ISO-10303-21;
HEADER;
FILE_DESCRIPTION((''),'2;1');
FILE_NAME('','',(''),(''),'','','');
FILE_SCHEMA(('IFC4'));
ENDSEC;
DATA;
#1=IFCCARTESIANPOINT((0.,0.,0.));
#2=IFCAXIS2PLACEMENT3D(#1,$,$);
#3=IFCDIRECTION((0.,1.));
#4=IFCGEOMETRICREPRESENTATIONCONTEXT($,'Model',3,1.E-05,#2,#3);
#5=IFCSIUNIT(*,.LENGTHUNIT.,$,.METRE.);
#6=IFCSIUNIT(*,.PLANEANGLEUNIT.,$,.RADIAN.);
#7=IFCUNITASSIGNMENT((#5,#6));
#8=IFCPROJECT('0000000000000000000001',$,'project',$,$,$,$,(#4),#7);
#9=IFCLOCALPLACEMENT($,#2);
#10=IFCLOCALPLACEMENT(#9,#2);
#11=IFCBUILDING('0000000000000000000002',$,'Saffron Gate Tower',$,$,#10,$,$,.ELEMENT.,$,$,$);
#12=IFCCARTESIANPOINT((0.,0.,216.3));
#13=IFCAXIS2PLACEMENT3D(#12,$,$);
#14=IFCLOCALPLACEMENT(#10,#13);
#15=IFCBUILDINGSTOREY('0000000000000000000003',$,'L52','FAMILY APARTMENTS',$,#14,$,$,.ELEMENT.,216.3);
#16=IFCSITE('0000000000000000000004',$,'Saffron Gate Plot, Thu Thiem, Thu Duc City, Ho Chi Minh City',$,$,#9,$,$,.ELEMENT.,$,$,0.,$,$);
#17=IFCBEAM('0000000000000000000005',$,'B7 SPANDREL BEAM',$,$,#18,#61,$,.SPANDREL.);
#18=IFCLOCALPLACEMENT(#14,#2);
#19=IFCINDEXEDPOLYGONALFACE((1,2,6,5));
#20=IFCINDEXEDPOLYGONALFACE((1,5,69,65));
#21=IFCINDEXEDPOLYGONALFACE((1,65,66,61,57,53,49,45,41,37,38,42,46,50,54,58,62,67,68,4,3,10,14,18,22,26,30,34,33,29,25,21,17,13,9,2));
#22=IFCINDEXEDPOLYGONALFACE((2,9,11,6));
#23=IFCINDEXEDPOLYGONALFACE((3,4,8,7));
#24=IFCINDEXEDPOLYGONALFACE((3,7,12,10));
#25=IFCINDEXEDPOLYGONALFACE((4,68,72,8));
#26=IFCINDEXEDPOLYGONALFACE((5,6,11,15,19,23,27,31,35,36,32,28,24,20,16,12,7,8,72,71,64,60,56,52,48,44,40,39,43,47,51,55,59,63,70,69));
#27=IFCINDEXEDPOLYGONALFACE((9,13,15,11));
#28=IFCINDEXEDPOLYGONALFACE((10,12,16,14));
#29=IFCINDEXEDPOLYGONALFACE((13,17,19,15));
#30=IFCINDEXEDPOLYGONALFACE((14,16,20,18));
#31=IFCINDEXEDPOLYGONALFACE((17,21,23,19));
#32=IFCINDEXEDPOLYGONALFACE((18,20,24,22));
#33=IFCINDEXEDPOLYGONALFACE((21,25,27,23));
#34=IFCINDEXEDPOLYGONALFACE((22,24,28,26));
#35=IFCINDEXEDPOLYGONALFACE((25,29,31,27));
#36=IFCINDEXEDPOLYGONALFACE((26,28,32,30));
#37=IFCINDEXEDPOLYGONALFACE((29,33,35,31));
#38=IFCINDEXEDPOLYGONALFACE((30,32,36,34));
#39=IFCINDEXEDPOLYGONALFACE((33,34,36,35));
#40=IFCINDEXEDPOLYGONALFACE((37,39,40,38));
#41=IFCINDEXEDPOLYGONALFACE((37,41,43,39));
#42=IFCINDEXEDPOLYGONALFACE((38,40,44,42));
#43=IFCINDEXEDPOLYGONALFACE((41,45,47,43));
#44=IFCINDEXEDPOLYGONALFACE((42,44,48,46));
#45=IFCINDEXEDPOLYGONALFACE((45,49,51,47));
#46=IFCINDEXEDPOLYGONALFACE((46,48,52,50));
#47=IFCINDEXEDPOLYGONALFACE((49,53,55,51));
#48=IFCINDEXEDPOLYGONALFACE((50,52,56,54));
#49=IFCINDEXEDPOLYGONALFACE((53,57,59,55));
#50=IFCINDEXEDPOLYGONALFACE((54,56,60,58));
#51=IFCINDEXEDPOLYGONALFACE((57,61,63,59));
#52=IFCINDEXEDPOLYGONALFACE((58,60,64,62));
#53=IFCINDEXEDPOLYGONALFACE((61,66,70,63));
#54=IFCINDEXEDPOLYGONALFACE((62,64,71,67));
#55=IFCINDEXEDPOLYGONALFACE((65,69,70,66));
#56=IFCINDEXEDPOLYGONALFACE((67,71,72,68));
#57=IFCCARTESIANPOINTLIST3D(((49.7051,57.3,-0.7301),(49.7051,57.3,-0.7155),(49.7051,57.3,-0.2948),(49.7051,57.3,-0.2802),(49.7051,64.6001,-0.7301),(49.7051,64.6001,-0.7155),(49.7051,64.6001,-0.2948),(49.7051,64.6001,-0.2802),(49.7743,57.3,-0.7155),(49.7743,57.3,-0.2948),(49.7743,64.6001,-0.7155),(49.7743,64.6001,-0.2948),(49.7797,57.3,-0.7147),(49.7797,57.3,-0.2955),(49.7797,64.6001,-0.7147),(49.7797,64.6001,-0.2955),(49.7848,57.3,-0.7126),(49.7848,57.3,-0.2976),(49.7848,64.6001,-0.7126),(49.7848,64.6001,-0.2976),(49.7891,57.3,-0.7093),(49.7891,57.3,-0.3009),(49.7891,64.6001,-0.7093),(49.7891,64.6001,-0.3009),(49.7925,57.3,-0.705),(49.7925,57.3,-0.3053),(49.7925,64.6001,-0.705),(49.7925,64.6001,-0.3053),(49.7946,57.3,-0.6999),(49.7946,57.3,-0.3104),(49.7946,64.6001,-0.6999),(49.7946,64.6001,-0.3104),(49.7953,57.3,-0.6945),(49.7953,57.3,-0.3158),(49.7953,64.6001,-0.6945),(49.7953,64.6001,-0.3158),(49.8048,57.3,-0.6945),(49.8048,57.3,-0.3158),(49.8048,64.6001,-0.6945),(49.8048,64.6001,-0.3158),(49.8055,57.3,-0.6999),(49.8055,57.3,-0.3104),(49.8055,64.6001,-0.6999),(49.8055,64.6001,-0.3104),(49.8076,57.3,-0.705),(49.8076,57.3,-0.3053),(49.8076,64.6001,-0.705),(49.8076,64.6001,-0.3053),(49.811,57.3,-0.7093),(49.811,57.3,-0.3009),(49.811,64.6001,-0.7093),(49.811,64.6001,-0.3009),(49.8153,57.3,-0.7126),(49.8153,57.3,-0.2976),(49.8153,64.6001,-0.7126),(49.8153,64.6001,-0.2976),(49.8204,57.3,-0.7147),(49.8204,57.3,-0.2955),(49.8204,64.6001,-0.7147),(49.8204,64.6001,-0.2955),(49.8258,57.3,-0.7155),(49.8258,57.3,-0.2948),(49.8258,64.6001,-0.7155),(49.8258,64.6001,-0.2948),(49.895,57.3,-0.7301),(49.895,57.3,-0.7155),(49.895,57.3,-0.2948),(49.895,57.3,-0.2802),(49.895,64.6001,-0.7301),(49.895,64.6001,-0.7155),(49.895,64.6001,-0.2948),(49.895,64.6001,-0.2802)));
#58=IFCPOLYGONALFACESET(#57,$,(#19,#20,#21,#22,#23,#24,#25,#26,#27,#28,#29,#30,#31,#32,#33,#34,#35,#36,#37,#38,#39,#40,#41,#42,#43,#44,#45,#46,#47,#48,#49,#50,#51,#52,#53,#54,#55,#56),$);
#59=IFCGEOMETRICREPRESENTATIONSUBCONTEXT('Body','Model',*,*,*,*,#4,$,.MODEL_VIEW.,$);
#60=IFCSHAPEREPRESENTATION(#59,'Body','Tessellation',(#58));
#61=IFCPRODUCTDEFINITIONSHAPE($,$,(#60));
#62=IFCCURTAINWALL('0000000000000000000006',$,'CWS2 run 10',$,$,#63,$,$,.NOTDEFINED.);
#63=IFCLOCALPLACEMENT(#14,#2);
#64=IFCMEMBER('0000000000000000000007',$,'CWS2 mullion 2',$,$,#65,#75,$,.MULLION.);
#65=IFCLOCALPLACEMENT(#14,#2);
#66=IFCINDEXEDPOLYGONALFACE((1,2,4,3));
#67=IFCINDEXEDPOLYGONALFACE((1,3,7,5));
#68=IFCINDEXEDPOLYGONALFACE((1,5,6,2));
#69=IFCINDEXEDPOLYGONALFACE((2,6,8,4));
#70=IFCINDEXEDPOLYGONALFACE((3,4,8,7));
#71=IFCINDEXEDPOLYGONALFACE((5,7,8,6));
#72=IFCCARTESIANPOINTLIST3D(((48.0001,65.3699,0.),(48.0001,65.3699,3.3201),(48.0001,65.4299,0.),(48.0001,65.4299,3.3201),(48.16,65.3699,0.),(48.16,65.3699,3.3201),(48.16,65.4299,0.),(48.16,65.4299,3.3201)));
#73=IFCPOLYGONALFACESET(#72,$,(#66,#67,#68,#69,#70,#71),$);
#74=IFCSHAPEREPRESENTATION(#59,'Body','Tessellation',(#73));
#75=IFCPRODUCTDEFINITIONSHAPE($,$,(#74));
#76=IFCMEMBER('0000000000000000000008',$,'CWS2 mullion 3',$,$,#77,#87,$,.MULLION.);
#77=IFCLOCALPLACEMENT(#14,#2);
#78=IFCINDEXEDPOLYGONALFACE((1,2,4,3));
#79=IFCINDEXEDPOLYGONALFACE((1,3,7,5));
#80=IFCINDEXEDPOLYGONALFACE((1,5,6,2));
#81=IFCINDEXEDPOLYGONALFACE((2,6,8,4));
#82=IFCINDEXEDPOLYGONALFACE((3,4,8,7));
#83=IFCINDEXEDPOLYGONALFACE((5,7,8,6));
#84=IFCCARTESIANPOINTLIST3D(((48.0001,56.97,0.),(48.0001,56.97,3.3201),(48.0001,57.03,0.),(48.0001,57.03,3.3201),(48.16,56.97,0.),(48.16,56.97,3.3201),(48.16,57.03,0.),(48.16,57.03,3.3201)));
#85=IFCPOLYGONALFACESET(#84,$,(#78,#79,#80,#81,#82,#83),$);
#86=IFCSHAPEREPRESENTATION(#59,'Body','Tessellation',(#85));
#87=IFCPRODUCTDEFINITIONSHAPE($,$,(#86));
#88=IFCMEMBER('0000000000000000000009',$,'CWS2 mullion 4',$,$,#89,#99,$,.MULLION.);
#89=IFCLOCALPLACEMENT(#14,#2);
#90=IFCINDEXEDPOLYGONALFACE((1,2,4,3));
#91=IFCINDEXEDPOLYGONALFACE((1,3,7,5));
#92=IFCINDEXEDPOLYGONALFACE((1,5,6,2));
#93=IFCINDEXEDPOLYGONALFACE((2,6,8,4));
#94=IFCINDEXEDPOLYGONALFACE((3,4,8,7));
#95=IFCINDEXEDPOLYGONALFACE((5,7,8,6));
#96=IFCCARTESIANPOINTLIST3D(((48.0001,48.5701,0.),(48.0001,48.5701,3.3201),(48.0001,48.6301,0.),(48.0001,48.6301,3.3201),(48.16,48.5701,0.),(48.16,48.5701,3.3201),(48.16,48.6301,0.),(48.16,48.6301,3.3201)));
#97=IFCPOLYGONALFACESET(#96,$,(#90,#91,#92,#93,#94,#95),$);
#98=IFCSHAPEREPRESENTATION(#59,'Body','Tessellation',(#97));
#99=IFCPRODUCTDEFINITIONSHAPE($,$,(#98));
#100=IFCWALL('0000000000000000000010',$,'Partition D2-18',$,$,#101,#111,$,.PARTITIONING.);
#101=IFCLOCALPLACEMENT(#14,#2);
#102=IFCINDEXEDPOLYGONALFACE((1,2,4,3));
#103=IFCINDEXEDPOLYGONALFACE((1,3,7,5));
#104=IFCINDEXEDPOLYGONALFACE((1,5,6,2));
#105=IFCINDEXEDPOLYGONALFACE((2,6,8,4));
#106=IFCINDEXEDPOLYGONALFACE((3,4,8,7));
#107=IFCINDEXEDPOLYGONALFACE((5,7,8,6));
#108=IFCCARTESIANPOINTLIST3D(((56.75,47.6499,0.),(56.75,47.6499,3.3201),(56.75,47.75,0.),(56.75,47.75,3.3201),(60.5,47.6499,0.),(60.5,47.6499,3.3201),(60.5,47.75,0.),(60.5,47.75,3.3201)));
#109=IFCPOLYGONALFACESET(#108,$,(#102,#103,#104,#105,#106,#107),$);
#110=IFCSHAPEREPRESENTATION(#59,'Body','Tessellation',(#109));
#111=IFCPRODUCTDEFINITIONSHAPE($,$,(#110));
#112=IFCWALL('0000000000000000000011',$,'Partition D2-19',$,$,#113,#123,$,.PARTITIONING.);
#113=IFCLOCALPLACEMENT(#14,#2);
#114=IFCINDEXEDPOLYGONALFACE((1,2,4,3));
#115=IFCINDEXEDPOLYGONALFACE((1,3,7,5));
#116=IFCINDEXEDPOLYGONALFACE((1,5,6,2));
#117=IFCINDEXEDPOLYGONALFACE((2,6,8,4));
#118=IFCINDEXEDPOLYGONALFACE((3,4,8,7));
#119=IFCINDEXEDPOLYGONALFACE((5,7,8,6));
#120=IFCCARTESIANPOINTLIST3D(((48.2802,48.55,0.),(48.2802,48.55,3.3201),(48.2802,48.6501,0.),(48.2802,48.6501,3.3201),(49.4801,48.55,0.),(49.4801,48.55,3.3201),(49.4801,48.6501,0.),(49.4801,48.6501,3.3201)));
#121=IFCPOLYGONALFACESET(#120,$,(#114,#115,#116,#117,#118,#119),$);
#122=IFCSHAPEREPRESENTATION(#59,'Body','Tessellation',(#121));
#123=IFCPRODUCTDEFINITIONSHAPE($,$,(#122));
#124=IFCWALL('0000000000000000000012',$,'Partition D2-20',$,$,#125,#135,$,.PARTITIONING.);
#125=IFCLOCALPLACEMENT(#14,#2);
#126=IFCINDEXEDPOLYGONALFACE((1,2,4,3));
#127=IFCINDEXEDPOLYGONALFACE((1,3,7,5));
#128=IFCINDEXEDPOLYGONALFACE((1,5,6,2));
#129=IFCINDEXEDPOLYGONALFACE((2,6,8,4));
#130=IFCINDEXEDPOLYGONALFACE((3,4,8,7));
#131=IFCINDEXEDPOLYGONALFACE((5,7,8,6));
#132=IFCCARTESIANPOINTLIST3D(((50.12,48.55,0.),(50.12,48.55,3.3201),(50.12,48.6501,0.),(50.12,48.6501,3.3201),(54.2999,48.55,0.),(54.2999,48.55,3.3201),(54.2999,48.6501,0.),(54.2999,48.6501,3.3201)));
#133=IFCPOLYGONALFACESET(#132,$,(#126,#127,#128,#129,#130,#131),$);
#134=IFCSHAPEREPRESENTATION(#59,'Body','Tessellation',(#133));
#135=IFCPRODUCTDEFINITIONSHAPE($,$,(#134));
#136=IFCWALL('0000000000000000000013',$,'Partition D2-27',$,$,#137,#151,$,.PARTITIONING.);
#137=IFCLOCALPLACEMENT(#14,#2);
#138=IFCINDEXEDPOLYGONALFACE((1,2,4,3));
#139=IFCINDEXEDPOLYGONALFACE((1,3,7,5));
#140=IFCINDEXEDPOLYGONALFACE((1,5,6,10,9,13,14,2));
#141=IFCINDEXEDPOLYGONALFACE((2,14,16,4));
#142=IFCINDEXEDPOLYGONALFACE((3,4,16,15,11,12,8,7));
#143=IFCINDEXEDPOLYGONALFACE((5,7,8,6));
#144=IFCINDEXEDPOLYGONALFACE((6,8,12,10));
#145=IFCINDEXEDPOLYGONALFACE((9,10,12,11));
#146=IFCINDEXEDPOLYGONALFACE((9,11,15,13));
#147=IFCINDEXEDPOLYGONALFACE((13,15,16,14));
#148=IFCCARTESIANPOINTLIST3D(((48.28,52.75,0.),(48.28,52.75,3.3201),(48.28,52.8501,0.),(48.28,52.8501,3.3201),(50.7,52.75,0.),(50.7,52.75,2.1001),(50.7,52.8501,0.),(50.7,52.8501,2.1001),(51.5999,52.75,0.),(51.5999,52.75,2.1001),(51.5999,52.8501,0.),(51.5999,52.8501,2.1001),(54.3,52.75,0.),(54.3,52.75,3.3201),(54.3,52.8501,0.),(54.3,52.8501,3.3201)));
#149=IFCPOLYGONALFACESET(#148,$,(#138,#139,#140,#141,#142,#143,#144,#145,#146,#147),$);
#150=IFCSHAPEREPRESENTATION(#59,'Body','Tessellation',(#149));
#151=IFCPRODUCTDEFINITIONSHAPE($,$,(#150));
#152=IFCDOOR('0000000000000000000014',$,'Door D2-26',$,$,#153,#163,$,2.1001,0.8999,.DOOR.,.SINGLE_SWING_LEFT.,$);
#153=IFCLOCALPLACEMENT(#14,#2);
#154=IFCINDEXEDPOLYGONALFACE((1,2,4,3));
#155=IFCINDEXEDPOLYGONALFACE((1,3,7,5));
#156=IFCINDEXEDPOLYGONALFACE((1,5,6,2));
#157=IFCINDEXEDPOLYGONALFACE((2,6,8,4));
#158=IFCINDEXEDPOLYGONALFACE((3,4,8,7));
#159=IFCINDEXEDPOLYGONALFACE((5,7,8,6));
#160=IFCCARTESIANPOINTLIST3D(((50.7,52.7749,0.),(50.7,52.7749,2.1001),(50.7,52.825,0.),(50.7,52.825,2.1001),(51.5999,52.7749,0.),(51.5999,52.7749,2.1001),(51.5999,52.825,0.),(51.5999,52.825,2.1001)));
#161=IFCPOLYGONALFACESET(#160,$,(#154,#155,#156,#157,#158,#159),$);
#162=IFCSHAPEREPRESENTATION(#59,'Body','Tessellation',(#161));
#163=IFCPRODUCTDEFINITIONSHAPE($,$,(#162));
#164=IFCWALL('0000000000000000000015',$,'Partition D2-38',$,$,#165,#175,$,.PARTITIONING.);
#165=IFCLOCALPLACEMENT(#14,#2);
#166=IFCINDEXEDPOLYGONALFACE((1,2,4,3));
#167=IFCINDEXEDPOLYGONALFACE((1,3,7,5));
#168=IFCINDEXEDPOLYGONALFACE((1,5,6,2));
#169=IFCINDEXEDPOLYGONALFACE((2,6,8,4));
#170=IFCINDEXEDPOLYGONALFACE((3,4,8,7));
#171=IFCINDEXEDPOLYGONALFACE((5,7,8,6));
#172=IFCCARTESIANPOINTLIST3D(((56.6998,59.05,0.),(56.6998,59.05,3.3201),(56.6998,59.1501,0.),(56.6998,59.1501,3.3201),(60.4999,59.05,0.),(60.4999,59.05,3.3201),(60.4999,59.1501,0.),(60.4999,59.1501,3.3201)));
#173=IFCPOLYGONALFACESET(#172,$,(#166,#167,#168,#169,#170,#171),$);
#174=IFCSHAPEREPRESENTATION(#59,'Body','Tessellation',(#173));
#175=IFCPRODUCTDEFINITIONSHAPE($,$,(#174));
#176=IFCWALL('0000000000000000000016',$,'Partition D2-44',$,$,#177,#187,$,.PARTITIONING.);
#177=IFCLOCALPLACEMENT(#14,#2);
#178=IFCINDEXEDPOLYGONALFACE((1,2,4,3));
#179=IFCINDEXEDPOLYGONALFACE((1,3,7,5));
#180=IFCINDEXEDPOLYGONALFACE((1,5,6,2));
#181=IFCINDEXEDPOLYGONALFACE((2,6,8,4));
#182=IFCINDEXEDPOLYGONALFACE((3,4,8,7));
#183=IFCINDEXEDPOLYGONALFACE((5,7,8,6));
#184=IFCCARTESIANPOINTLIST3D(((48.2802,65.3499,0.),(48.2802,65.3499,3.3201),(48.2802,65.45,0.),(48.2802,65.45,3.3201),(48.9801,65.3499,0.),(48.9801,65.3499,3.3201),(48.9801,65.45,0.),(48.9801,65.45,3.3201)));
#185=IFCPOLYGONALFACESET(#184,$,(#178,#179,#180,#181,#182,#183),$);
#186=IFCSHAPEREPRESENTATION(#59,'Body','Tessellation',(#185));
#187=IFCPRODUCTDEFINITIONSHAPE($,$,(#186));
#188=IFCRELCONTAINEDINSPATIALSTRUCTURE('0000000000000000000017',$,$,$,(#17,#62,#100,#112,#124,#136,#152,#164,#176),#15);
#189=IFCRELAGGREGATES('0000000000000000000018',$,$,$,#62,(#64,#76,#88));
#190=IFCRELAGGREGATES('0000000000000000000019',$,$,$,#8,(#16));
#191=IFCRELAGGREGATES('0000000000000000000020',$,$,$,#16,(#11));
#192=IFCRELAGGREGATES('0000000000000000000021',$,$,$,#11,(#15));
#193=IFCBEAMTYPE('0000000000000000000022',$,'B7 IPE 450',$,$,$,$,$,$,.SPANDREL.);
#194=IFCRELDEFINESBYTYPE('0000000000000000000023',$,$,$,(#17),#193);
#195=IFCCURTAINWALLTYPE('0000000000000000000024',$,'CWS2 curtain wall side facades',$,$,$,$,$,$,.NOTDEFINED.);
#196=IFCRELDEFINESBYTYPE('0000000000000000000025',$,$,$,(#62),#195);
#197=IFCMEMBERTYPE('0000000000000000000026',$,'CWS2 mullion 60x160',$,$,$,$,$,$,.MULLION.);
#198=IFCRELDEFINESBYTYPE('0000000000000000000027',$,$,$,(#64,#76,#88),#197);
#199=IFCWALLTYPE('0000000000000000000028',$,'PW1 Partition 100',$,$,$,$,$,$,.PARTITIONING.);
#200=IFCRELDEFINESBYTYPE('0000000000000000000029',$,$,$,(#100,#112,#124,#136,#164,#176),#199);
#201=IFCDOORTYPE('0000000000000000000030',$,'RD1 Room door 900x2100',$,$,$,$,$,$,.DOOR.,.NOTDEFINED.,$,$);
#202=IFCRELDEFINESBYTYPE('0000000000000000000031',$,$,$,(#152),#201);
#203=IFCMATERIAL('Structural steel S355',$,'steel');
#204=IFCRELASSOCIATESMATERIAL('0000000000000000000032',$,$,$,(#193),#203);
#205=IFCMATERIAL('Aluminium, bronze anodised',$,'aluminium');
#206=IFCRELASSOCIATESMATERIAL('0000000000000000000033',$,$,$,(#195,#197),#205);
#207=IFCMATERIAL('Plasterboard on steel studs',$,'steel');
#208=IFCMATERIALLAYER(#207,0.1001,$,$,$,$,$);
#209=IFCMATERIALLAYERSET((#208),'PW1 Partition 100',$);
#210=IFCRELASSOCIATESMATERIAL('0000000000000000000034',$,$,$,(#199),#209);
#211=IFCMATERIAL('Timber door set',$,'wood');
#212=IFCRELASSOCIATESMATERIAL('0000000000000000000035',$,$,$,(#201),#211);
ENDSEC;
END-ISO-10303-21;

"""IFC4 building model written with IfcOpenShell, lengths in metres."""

from ifc_helpers import new_model, si_unit, direction, frame, frame_2d, origin, origin_2d, place, context, subcontext, project, spatial, rectangle, i_section, extrude, material, layer, layer_set, material_profile, profile_set, type_object, element, fill, aggregate, save


model = new_model("IFC4")

# Units and contexts
model_context = context("Model", 3, precision=1e-05, world=origin(), true_north=direction((0.0, 1.0)))
body_context = subcontext(model_context, "Body", "Model", "MODEL_VIEW")
ifc_project = project(units=[si_unit("LENGTHUNIT", "METRE"), si_unit("PLANEANGLEUNIT", "RADIAN")], contexts=[model_context])

# Site, building, storey
site_placement = place(None, origin())
site = spatial("IfcSite", under=ifc_project, at=site_placement, Name="Saffron Gate Plot, Thu Thiem, Thu Duc City, Ho Chi Minh City", CompositionType="ELEMENT", RefElevation=0.0)
building_placement = place(site_placement, origin())
building = spatial("IfcBuilding", under=site, at=building_placement, Name="Saffron Gate Tower", CompositionType="ELEMENT")
storey_placement = place(building_placement, frame((0.0, 0.0, 216.3)))
storey = spatial("IfcBuildingStorey", under=building, at=storey_placement, Name="L52", Description="FAMILY APARTMENTS", CompositionType="ELEMENT", Elevation=216.3)

# Beam
ifc_material_1 = material(Name="Structural steel S355", Category="steel")
ifc_material_profile_1 = material_profile(ifc_material_1, i_section(OverallWidth=0.1899, OverallDepth=0.45, WebThickness=0.0095, FlangeThickness=0.0146, FilletRadius=0.021, at=origin_2d()))
ifc_profile_set_1 = profile_set([ifc_material_profile_1], Name="Structural steel S355")
beam_type_1 = type_object("IfcBeamType", Name="B7 IPE 450", PredefinedType="SPANDREL", material=ifc_profile_set_1)
beam_1_placement = place(storey_placement, frame((49.8, 57.3, -0.5051), z_axis=(0.0, 1.0, 0.0), x_axis=(-1.0, 0.0, 0.0)))
element("IfcBeam", 1, at=beam_1_placement, inside=storey, type_object=beam_type_1, Name="B7 SPANDREL BEAM", PredefinedType="SPANDREL", context=body_context, shape_type="SweptSolid", body=[
    extrude(i_section(OverallWidth=0.1899, OverallDepth=0.45, WebThickness=0.0095, FlangeThickness=0.0146, FilletRadius=0.021, at=origin_2d()), origin(), (0.0, 0.0, 1.0), 7.3),
])

# Curtain wall, members
ifc_material_2 = material(Name="Aluminium, bronze anodised", Category="aluminium")
curtain_wall_type = type_object("IfcCurtainWallType", Name="CWS2 curtain wall side facades", PredefinedType="NOTDEFINED", material=ifc_material_2)
curtain_wall_placement = place(storey_placement, origin())
curtain_wall = element("IfcCurtainWall", 2, at=curtain_wall_placement, inside=storey, type_object=curtain_wall_type, Name="CWS2 run 10", PredefinedType="NOTDEFINED")
ifc_material_profile_2 = material_profile(ifc_material_2, rectangle(XDim=0.1599, YDim=0.0601, at=origin_2d()))
ifc_profile_set_2 = profile_set([ifc_material_profile_2], Name="Aluminium, bronze anodised")
member_type = type_object("IfcMemberType", Name="CWS2 mullion 60x160", PredefinedType="MULLION", material=ifc_profile_set_2)
member_1_placement = place(storey_placement, frame((48.0801, 65.3999, 0.0), z_axis=(0.0, 0.0, 1.0), x_axis=(1.0, 0.0, 0.0)))
member_1 = element("IfcMember", 3, at=member_1_placement, type_object=member_type, Name="CWS2 mullion 2", PredefinedType="MULLION", context=body_context, shape_type="SweptSolid", body=[
    extrude(rectangle(XDim=0.1599, YDim=0.0601, at=origin_2d()), origin(), (0.0, 0.0, 1.0), 3.3201),
])
member_2_placement = place(storey_placement, frame((48.0801, 57.0, 0.0), z_axis=(0.0, 0.0, 1.0), x_axis=(1.0, 0.0, 0.0)))
member_2 = element("IfcMember", 4, at=member_2_placement, type_object=member_type, Name="CWS2 mullion 3", PredefinedType="MULLION", context=body_context, shape_type="SweptSolid", body=[
    extrude(rectangle(XDim=0.1599, YDim=0.0601, at=origin_2d()), origin(), (0.0, 0.0, 1.0), 3.3201),
])
member_3_placement = place(storey_placement, frame((48.0801, 48.6001, 0.0), z_axis=(0.0, 0.0, 1.0), x_axis=(1.0, 0.0, 0.0)))
member_3 = element("IfcMember", 5, at=member_3_placement, type_object=member_type, Name="CWS2 mullion 4", PredefinedType="MULLION", context=body_context, shape_type="SweptSolid", body=[
    extrude(rectangle(XDim=0.1599, YDim=0.0601, at=origin_2d()), origin(), (0.0, 0.0, 1.0), 3.3201),
])
aggregate(curtain_wall, [member_1, member_2, member_3])

# Walls
ifc_material_3 = material(Name="Plasterboard on steel studs", Category="steel")
ifc_layer_1 = layer(ifc_material_3, 0.1001)
ifc_layer_set_1 = layer_set([ifc_layer_1], Name="PW1 Partition 100")
wall_type_1 = type_object("IfcWallType", Name="PW1 Partition 100", PredefinedType="PARTITIONING", material=ifc_layer_set_1)
wall_1_placement = place(storey_placement, frame((56.75, 47.7, 0.0), z_axis=(0.0, 0.0, 1.0), x_axis=(1.0, 0.0, 0.0)))
element("IfcWall", 6, at=wall_1_placement, inside=storey, type_object=wall_type_1, Name="Partition D2-18", PredefinedType="PARTITIONING", context=body_context, shape_type="SweptSolid", body=[
    extrude(rectangle(XDim=3.75, YDim=0.1001, at=frame_2d((1.875, 0.0))), origin(), (0.0, 0.0, 1.0), 3.3201),
])
wall_2_placement = place(storey_placement, frame((48.28, 48.6001, 0.0), z_axis=(0.0, 0.0, 1.0), x_axis=(1.0, 0.0, 0.0)))
element("IfcWall", 7, at=wall_2_placement, inside=storey, type_object=wall_type_1, Name="Partition D2-19", PredefinedType="PARTITIONING", context=body_context, shape_type="SweptSolid", body=[
    extrude(rectangle(XDim=1.2, YDim=0.1001, at=frame_2d((0.6001, 0.0))), origin(), (0.0, 0.0, 1.0), 3.3201),
])
wall_3_placement = place(storey_placement, frame((50.1201, 48.6001, 0.0), z_axis=(0.0, 0.0, 1.0), x_axis=(1.0, 0.0, 0.0)))
element("IfcWall", 8, at=wall_3_placement, inside=storey, type_object=wall_type_1, Name="Partition D2-20", PredefinedType="PARTITIONING", context=body_context, shape_type="SweptSolid", body=[
    extrude(rectangle(XDim=4.1799, YDim=0.1001, at=frame_2d((2.0898, 0.0))), origin(), (0.0, 0.0, 1.0), 3.3201),
])

# Wall, opening, door
wall_4_placement = place(storey_placement, frame((48.28, 52.8, 0.0), z_axis=(0.0, 0.0, 1.0), x_axis=(1.0, 0.0, 0.0)))
wall_4 = element("IfcWall", 9, at=wall_4_placement, inside=storey, type_object=wall_type_1, Name="Partition D2-27", PredefinedType="PARTITIONING", context=body_context, shape_type="SweptSolid", body=[
    extrude(rectangle(XDim=6.02, YDim=0.1001, at=frame_2d((3.01, 0.0))), origin(), (0.0, 0.0, 1.0), 3.3201),
])
opening_1_placement = place(wall_4_placement, frame((2.4199, 0.0, 0.0)))
opening_1 = element("IfcOpeningElement", 10, at=opening_1_placement, cuts=wall_4, PredefinedType="OPENING", context=body_context, shape_type="SweptSolid", body=[
    extrude(rectangle(XDim=0.8999, YDim=2.1001, at=frame_2d((0.45, 1.05))), frame((0.0, 0.0601, 0.0), z_axis=(0.0, -1.0, 0.0), x_axis=(1.0, 0.0, 0.0)), (0.0, 0.0, 1.0), 0.1201),
])
ifc_material_4 = material(Name="Timber door set", Category="wood")
door_type_1 = type_object("IfcDoorType", Name="RD1 Room door 900x2100", OperationType="NOTDEFINED", PredefinedType="DOOR", material=ifc_material_4)
door_1_placement = place(opening_1_placement, origin())
door_1 = element("IfcDoor", 11, at=door_1_placement, inside=storey, type_object=door_type_1, Name="Door D2-26", OperationType="SINGLE_SWING_LEFT", OverallHeight=2.1001, OverallWidth=0.8999, PredefinedType="DOOR", context=body_context, shape_type="SweptSolid", body=[
    extrude(rectangle(XDim=0.8999, YDim=2.1001, at=frame_2d((0.45, 1.05))), frame((0.0, 0.0249, 0.0), z_axis=(0.0, -1.0, 0.0), x_axis=(1.0, 0.0, 0.0)), (0.0, 0.0, 1.0), 0.05),
])
fill(opening_1, door_1)

# Walls
wall_5_placement = place(storey_placement, frame((56.7, 59.1001, 0.0), z_axis=(0.0, 0.0, 1.0), x_axis=(1.0, 0.0, 0.0)))
element("IfcWall", 12, at=wall_5_placement, inside=storey, type_object=wall_type_1, Name="Partition D2-38", PredefinedType="PARTITIONING", context=body_context, shape_type="SweptSolid", body=[
    extrude(rectangle(XDim=3.8, YDim=0.1001, at=frame_2d((1.8999, 0.0))), origin(), (0.0, 0.0, 1.0), 3.3201),
])
wall_6_placement = place(storey_placement, frame((48.28, 65.3999, 0.0), z_axis=(0.0, 0.0, 1.0), x_axis=(1.0, 0.0, 0.0)))
element("IfcWall", 13, at=wall_6_placement, inside=storey, type_object=wall_type_1, Name="Partition D2-44", PredefinedType="PARTITIONING", context=body_context, shape_type="SweptSolid", body=[
    extrude(rectangle(XDim=0.7, YDim=0.1001, at=frame_2d((0.3501, 0.0))), origin(), (0.0, 0.0, 1.0), 3.3201),
])

save(model, "model.ifc")
